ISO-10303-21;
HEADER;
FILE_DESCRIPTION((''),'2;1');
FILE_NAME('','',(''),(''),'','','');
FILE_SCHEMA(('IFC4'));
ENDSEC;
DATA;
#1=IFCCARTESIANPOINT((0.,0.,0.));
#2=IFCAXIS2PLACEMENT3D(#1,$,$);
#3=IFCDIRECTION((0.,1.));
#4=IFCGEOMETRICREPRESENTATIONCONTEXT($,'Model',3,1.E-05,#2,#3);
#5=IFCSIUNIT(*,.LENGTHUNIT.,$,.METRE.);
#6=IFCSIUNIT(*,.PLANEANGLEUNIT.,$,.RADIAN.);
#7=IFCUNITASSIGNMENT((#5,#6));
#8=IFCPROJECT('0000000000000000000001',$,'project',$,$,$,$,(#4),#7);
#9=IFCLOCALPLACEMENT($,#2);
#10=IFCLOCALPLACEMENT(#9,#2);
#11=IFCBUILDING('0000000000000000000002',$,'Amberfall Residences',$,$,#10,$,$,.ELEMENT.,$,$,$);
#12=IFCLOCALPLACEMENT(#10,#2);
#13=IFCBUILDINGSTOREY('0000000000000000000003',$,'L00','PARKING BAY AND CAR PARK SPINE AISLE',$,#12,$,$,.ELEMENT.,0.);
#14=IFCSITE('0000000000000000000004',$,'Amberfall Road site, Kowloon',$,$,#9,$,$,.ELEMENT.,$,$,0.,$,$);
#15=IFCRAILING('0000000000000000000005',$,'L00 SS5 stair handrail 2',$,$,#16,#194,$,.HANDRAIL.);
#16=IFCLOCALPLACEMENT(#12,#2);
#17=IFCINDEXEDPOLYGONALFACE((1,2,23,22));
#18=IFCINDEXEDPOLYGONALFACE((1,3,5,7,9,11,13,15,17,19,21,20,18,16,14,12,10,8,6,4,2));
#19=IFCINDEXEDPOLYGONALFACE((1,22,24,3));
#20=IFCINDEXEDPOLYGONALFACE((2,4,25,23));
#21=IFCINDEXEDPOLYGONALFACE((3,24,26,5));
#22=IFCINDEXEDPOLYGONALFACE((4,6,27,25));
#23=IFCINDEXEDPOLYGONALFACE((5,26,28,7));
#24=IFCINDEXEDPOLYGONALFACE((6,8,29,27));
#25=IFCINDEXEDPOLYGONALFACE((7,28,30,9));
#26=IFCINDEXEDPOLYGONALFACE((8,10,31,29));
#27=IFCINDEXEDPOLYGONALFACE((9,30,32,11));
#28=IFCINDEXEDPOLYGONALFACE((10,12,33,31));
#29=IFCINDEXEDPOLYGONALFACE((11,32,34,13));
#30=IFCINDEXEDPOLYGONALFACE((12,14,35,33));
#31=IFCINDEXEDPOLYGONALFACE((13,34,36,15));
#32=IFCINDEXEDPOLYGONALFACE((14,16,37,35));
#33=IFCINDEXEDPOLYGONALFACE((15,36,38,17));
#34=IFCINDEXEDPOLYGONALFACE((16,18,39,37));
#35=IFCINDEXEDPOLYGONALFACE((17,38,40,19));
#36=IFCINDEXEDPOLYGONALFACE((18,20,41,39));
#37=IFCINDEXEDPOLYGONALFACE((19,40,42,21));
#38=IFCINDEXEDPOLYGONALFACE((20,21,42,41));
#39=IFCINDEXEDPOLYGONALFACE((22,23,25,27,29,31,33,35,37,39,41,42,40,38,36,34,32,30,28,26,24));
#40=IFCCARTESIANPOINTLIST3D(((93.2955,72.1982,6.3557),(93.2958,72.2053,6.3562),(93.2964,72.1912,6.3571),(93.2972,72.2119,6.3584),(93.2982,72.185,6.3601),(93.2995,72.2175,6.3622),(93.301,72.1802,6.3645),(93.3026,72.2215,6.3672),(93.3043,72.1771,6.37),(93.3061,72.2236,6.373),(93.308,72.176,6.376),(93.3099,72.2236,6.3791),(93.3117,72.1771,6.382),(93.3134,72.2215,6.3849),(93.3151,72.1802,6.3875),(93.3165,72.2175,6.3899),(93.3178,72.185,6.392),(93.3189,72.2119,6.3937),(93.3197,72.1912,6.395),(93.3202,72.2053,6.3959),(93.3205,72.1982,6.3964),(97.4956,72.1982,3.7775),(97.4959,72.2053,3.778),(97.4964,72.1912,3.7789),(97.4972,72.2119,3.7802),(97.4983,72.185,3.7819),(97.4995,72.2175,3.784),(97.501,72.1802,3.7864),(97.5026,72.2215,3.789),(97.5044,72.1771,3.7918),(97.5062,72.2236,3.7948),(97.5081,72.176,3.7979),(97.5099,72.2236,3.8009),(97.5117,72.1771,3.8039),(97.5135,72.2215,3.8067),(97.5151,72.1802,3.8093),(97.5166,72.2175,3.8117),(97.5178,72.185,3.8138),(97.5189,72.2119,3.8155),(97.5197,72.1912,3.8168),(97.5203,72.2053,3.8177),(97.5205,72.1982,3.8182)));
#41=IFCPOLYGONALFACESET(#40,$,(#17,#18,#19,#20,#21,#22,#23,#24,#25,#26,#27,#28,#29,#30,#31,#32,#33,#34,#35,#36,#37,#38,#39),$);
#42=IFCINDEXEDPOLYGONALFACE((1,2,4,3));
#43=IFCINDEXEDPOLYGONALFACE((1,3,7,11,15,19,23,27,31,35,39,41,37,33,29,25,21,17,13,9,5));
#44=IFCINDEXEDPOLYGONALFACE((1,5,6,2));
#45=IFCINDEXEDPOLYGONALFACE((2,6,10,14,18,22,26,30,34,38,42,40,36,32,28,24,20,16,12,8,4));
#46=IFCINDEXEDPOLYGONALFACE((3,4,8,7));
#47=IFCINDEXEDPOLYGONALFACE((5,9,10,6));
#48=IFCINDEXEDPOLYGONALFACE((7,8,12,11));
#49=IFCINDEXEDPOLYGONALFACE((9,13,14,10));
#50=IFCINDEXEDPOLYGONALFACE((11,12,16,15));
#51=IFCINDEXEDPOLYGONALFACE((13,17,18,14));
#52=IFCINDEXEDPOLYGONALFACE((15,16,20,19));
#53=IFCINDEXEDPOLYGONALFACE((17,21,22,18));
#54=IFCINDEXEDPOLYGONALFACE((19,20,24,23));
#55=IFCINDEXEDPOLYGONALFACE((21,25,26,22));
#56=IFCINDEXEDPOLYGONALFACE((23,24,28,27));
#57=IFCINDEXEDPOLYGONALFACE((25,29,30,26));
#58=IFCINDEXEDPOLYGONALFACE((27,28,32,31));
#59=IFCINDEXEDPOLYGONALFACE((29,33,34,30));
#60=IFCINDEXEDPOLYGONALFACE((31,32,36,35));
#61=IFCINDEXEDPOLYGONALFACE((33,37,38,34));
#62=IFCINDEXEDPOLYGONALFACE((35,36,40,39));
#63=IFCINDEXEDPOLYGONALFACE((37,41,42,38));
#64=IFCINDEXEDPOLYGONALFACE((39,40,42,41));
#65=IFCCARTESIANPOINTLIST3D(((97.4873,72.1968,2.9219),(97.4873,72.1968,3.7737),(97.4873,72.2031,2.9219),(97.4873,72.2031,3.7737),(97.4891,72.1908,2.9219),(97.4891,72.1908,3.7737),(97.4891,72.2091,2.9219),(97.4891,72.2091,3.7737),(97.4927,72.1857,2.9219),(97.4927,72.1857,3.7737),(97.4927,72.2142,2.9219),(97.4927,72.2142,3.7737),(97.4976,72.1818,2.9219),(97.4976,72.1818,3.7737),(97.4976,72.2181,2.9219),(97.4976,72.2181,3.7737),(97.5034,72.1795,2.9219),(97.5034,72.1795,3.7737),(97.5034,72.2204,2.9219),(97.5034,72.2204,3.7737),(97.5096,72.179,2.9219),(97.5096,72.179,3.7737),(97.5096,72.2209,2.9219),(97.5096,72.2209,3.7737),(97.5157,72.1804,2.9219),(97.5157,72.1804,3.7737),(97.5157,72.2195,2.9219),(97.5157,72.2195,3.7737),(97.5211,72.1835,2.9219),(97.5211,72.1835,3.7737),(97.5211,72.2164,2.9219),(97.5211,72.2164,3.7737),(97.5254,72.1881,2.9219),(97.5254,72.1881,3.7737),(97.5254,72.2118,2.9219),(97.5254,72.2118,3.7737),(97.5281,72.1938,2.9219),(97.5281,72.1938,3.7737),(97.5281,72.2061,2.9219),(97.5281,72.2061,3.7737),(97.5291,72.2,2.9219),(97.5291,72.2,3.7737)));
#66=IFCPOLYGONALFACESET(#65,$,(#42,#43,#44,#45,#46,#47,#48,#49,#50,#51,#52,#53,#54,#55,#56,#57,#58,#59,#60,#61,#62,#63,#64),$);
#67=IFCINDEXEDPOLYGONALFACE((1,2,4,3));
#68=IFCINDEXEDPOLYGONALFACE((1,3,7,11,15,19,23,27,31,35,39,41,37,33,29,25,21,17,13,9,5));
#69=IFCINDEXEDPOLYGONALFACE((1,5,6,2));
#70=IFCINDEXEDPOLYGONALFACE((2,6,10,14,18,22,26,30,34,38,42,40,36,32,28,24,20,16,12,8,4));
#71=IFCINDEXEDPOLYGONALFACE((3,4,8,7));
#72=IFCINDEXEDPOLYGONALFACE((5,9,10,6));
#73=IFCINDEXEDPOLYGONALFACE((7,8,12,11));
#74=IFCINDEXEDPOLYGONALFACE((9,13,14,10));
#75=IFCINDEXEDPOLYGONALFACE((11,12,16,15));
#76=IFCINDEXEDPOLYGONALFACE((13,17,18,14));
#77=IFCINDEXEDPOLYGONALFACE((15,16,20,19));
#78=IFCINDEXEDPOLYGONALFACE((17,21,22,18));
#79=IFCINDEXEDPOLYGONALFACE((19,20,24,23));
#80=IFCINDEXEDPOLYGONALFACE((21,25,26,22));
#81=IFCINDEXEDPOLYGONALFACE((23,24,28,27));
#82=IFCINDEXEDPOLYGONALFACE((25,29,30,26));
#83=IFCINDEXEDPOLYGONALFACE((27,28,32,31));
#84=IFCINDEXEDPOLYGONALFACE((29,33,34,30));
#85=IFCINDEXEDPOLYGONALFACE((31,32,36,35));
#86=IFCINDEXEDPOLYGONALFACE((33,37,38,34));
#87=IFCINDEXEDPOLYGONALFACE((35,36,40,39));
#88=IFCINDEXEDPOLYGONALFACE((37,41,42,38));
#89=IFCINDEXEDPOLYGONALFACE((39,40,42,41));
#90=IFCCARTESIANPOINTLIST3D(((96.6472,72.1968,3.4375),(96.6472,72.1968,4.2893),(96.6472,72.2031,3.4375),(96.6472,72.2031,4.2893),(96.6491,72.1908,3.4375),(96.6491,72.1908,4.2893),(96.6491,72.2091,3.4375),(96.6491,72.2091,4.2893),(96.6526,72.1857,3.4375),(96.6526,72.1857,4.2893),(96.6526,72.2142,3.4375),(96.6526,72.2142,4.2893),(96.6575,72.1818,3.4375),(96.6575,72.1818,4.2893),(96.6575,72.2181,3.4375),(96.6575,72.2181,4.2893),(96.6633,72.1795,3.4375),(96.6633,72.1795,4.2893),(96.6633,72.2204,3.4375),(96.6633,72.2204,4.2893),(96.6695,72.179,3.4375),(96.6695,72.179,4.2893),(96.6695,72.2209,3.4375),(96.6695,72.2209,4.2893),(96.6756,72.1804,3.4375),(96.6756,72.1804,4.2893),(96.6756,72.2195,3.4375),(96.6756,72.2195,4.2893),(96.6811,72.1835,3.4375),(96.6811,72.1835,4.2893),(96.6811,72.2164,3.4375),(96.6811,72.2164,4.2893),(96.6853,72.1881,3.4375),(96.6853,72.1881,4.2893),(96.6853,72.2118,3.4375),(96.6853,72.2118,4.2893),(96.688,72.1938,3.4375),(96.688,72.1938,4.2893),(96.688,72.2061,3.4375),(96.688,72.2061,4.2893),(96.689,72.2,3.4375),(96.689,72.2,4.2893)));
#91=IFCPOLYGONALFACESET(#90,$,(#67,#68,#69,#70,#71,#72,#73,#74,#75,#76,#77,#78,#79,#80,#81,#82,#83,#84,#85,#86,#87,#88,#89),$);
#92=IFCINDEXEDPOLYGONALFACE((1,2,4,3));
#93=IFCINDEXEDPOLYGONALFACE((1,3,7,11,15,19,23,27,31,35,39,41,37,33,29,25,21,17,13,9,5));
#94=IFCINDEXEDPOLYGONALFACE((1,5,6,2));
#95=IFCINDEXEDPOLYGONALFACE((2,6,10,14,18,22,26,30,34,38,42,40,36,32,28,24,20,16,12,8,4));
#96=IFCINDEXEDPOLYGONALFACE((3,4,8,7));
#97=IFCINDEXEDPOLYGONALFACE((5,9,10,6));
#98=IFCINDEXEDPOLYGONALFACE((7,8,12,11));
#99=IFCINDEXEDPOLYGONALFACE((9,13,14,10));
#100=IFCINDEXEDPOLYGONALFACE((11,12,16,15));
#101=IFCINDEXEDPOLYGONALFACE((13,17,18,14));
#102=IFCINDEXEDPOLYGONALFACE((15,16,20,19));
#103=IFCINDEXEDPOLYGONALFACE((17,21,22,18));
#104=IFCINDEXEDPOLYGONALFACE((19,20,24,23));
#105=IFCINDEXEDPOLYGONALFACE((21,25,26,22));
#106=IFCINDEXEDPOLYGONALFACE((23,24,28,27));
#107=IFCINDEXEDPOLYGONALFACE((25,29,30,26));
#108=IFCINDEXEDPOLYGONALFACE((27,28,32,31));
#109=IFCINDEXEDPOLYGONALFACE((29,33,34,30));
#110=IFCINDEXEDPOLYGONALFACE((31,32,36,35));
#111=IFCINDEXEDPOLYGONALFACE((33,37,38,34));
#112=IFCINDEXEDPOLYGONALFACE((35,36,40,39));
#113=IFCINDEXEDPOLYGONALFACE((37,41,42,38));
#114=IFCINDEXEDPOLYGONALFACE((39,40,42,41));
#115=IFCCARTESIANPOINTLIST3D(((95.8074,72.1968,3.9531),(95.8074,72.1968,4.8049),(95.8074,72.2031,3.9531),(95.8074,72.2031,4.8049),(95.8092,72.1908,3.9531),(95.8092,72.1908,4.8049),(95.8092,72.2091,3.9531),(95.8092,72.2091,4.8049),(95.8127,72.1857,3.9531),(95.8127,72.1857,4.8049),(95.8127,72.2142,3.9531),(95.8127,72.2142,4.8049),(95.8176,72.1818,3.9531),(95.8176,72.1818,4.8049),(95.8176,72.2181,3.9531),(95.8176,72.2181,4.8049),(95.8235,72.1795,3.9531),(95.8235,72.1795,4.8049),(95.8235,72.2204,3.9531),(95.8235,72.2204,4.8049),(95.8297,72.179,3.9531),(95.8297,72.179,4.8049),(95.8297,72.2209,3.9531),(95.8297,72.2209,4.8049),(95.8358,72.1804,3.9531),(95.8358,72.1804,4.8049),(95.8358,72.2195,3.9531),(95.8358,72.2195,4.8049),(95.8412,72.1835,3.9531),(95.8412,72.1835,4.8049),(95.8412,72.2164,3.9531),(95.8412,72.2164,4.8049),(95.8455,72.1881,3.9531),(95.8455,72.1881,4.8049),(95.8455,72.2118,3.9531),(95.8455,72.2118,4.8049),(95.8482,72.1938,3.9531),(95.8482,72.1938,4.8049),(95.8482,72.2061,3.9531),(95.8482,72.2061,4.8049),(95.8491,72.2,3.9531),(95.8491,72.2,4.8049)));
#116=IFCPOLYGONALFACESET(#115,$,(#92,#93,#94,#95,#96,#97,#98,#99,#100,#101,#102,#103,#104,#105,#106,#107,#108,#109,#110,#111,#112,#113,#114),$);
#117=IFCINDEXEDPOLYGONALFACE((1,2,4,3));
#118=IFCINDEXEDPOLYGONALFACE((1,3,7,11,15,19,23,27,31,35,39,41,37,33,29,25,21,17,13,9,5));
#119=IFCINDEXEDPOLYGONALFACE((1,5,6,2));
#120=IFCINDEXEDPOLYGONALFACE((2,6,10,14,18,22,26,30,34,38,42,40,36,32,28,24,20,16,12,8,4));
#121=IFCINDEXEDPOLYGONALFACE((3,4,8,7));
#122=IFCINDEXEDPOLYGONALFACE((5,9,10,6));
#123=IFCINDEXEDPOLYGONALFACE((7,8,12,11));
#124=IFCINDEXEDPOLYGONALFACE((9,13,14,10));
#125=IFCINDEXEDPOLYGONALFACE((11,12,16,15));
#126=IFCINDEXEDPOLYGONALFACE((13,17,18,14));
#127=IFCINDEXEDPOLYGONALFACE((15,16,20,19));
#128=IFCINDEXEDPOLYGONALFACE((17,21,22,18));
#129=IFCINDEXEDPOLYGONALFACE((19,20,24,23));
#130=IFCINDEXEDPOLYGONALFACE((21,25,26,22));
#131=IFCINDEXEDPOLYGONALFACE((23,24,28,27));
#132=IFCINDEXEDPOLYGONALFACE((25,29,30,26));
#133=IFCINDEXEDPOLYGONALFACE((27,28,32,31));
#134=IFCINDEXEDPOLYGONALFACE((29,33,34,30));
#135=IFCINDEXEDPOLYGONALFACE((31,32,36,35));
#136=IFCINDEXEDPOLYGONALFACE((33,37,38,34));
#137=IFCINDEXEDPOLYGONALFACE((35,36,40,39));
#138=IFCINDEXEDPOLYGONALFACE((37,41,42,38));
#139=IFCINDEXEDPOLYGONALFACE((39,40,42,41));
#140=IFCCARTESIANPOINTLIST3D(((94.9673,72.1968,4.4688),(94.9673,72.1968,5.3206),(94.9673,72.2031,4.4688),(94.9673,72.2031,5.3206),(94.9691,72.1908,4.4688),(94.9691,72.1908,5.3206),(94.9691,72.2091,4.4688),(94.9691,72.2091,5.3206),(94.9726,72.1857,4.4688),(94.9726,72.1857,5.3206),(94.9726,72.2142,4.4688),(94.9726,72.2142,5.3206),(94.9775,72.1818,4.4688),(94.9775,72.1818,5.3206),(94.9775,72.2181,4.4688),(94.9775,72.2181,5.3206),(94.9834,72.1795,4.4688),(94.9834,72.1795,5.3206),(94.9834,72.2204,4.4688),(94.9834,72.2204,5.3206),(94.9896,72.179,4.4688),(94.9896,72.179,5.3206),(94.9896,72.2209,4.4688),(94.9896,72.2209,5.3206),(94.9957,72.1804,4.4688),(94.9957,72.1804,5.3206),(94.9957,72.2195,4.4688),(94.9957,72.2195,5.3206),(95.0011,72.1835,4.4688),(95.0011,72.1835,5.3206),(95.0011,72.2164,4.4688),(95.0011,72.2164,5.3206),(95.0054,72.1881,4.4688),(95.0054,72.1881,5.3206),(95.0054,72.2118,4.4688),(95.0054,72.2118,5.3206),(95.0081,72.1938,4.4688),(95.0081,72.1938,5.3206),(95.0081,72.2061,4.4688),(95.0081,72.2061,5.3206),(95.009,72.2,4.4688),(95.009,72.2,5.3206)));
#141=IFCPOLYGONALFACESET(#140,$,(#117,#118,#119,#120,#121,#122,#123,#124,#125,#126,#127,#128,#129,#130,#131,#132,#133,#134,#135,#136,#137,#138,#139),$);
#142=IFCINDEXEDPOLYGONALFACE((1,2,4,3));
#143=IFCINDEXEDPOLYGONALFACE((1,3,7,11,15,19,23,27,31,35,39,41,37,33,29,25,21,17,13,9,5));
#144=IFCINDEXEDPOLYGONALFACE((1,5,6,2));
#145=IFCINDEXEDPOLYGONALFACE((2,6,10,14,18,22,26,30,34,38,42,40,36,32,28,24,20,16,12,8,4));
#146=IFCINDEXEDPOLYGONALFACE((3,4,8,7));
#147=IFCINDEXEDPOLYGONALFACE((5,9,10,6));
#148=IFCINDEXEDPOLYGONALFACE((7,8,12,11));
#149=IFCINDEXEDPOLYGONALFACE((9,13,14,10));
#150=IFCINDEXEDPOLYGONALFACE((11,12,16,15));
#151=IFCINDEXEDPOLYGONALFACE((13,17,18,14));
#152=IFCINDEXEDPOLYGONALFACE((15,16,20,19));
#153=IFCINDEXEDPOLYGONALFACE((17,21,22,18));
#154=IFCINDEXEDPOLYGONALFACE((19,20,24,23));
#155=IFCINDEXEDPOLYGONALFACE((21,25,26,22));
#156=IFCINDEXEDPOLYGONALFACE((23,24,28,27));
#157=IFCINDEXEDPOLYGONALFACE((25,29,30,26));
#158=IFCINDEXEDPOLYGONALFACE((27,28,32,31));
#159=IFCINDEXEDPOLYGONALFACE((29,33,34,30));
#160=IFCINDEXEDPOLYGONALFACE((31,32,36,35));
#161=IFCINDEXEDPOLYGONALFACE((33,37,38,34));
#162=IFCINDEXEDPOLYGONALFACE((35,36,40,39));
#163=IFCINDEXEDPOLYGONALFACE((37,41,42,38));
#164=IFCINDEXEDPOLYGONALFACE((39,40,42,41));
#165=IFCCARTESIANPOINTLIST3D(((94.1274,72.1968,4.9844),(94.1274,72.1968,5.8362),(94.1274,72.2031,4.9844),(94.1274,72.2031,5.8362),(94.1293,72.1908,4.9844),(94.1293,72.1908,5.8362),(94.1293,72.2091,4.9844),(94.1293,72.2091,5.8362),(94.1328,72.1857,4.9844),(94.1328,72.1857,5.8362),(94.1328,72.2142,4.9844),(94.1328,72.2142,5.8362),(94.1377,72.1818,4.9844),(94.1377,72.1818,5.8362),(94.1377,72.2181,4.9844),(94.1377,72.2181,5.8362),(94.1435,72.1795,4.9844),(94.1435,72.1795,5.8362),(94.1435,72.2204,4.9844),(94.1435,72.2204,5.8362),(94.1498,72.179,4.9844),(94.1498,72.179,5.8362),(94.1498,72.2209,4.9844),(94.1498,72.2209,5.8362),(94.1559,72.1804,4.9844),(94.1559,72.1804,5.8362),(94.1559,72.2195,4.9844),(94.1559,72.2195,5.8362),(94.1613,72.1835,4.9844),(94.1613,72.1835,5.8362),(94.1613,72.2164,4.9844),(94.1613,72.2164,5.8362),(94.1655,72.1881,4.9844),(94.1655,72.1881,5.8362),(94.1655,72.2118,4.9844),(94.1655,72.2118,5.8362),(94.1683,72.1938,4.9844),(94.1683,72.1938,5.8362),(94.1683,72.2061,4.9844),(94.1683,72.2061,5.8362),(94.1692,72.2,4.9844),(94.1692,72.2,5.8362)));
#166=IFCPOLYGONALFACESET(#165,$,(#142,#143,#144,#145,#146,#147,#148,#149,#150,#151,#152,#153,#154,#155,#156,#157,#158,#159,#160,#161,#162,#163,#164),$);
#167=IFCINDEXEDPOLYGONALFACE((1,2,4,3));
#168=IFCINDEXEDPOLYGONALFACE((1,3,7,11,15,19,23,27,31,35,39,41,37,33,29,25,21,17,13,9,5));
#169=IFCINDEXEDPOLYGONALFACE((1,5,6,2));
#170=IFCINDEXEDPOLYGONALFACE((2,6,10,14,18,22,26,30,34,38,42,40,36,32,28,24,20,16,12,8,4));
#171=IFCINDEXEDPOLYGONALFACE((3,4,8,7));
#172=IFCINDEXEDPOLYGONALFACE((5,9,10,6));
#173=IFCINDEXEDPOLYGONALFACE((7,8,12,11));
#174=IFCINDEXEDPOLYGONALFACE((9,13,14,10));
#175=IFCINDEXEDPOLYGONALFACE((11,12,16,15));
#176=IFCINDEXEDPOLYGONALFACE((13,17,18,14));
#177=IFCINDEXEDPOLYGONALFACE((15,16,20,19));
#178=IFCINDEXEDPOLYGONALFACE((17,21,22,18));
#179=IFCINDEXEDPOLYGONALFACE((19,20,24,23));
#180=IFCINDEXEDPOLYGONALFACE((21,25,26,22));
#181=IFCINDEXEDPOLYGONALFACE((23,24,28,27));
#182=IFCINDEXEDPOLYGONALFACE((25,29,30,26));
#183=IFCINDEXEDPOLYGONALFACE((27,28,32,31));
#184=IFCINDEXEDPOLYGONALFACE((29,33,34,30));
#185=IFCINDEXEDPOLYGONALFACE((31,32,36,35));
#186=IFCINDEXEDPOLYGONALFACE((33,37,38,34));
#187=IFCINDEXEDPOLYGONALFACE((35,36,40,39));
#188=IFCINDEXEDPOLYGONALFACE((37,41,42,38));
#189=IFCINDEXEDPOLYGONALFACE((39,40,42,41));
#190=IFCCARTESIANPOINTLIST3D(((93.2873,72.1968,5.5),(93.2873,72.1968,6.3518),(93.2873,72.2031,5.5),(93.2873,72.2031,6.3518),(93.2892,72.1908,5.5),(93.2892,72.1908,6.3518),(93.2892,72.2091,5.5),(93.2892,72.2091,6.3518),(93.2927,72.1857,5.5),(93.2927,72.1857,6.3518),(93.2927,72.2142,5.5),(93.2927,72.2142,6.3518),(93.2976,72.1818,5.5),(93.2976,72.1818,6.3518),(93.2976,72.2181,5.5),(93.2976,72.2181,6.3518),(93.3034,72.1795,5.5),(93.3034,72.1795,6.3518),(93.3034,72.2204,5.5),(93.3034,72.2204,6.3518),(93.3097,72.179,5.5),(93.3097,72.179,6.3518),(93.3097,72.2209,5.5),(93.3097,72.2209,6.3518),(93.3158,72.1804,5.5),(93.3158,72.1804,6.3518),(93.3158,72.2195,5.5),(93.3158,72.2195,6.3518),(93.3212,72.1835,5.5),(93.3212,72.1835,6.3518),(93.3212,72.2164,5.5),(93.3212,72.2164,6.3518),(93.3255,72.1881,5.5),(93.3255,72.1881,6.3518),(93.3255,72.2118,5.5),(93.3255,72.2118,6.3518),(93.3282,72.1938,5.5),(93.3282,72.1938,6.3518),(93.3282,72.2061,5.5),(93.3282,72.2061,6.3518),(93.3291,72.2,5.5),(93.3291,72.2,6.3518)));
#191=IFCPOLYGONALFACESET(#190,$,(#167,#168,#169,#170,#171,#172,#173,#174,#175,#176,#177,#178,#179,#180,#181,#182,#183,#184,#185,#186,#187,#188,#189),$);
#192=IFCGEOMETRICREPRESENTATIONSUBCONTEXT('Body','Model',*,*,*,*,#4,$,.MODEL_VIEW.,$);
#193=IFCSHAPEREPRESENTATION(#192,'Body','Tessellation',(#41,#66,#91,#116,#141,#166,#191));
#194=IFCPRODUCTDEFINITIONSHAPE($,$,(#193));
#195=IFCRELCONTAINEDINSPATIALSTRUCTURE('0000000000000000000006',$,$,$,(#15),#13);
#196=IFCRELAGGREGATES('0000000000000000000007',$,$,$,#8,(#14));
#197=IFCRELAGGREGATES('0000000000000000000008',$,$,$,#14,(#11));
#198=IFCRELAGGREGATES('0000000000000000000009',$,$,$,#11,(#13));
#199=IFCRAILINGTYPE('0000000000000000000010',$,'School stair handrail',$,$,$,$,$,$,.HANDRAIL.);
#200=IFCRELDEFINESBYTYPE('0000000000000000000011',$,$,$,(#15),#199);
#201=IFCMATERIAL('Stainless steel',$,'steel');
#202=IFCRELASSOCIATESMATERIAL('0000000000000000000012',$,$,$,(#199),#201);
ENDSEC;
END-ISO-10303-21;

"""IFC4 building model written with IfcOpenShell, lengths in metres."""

from ifc_helpers import new_model, si_unit, direction, frame, origin, origin_2d, place, context, subcontext, project, spatial, circle, extrude, material, type_object, element, save


model = new_model("IFC4")

# Units and contexts
model_context = context("Model", 3, precision=1e-05, world=origin(), true_north=direction((0.0, 1.0)))
body_context = subcontext(model_context, "Body", "Model", "MODEL_VIEW")
ifc_project = project(units=[si_unit("LENGTHUNIT", "METRE"), si_unit("PLANEANGLEUNIT", "RADIAN")], contexts=[model_context])

# Site, building, storey
site_placement = place(None, origin())
site = spatial("IfcSite", under=ifc_project, at=site_placement, Name="Amberfall Road site, Kowloon", CompositionType="ELEMENT", RefElevation=0.0)
building_placement = place(site_placement, origin())
building = spatial("IfcBuilding", under=site, at=building_placement, Name="Amberfall Residences", CompositionType="ELEMENT")
storey_placement = place(building_placement, origin())
storey = spatial("IfcBuildingStorey", under=building, at=storey_placement, Name="L00", Description="PARKING BAY AND CAR PARK SPINE AISLE", CompositionType="ELEMENT", Elevation=0.0)

# Railing
ifc_material_1 = material(Name="Stainless steel", Category="steel")
railing_type_1 = type_object("IfcRailingType", Name="School stair handrail", PredefinedType="HANDRAIL", material=ifc_material_1)
railing_1_placement = place(storey_placement, frame((97.5081, 72.2, 2.9219)))
element("IfcRailing", 1, at=railing_1_placement, inside=storey, type_object=railing_type_1, Name="L00 SS5 stair handrail 2", PredefinedType="HANDRAIL", context=body_context, shape_type="SweptSolid", body=[
    extrude(circle(Radius=0.0239, at=origin_2d()), frame((0.0, 0.0, 0.876), z_axis=(-0.852243, 0.0, 0.523146), x_axis=(0.0, -1.0, 0.0)), (0.0, 0.0, 1.0), 4.9282),
    extrude(circle(Radius=0.021, at=origin_2d()), origin(), (0.0, 0.0, 1.0), 0.8518),
    extrude(circle(Radius=0.021, at=origin_2d()), frame((-0.8401, 0.0, 0.5156)), (0.0, 0.0, 1.0), 0.8518),
    extrude(circle(Radius=0.021, at=origin_2d()), frame((-1.6799, 0.0, 1.0312)), (0.0, 0.0, 1.0), 0.8518),
    extrude(circle(Radius=0.021, at=origin_2d()), frame((-2.52, 0.0, 1.5469)), (0.0, 0.0, 1.0), 0.8518),
    extrude(circle(Radius=0.021, at=origin_2d()), frame((-3.3599, 0.0, 2.0625)), (0.0, 0.0, 1.0), 0.8518),
    extrude(circle(Radius=0.021, at=origin_2d()), frame((-4.2, 0.0, 2.5781)), (0.0, 0.0, 1.0), 0.8518),
])

save(model, "model.ifc")
